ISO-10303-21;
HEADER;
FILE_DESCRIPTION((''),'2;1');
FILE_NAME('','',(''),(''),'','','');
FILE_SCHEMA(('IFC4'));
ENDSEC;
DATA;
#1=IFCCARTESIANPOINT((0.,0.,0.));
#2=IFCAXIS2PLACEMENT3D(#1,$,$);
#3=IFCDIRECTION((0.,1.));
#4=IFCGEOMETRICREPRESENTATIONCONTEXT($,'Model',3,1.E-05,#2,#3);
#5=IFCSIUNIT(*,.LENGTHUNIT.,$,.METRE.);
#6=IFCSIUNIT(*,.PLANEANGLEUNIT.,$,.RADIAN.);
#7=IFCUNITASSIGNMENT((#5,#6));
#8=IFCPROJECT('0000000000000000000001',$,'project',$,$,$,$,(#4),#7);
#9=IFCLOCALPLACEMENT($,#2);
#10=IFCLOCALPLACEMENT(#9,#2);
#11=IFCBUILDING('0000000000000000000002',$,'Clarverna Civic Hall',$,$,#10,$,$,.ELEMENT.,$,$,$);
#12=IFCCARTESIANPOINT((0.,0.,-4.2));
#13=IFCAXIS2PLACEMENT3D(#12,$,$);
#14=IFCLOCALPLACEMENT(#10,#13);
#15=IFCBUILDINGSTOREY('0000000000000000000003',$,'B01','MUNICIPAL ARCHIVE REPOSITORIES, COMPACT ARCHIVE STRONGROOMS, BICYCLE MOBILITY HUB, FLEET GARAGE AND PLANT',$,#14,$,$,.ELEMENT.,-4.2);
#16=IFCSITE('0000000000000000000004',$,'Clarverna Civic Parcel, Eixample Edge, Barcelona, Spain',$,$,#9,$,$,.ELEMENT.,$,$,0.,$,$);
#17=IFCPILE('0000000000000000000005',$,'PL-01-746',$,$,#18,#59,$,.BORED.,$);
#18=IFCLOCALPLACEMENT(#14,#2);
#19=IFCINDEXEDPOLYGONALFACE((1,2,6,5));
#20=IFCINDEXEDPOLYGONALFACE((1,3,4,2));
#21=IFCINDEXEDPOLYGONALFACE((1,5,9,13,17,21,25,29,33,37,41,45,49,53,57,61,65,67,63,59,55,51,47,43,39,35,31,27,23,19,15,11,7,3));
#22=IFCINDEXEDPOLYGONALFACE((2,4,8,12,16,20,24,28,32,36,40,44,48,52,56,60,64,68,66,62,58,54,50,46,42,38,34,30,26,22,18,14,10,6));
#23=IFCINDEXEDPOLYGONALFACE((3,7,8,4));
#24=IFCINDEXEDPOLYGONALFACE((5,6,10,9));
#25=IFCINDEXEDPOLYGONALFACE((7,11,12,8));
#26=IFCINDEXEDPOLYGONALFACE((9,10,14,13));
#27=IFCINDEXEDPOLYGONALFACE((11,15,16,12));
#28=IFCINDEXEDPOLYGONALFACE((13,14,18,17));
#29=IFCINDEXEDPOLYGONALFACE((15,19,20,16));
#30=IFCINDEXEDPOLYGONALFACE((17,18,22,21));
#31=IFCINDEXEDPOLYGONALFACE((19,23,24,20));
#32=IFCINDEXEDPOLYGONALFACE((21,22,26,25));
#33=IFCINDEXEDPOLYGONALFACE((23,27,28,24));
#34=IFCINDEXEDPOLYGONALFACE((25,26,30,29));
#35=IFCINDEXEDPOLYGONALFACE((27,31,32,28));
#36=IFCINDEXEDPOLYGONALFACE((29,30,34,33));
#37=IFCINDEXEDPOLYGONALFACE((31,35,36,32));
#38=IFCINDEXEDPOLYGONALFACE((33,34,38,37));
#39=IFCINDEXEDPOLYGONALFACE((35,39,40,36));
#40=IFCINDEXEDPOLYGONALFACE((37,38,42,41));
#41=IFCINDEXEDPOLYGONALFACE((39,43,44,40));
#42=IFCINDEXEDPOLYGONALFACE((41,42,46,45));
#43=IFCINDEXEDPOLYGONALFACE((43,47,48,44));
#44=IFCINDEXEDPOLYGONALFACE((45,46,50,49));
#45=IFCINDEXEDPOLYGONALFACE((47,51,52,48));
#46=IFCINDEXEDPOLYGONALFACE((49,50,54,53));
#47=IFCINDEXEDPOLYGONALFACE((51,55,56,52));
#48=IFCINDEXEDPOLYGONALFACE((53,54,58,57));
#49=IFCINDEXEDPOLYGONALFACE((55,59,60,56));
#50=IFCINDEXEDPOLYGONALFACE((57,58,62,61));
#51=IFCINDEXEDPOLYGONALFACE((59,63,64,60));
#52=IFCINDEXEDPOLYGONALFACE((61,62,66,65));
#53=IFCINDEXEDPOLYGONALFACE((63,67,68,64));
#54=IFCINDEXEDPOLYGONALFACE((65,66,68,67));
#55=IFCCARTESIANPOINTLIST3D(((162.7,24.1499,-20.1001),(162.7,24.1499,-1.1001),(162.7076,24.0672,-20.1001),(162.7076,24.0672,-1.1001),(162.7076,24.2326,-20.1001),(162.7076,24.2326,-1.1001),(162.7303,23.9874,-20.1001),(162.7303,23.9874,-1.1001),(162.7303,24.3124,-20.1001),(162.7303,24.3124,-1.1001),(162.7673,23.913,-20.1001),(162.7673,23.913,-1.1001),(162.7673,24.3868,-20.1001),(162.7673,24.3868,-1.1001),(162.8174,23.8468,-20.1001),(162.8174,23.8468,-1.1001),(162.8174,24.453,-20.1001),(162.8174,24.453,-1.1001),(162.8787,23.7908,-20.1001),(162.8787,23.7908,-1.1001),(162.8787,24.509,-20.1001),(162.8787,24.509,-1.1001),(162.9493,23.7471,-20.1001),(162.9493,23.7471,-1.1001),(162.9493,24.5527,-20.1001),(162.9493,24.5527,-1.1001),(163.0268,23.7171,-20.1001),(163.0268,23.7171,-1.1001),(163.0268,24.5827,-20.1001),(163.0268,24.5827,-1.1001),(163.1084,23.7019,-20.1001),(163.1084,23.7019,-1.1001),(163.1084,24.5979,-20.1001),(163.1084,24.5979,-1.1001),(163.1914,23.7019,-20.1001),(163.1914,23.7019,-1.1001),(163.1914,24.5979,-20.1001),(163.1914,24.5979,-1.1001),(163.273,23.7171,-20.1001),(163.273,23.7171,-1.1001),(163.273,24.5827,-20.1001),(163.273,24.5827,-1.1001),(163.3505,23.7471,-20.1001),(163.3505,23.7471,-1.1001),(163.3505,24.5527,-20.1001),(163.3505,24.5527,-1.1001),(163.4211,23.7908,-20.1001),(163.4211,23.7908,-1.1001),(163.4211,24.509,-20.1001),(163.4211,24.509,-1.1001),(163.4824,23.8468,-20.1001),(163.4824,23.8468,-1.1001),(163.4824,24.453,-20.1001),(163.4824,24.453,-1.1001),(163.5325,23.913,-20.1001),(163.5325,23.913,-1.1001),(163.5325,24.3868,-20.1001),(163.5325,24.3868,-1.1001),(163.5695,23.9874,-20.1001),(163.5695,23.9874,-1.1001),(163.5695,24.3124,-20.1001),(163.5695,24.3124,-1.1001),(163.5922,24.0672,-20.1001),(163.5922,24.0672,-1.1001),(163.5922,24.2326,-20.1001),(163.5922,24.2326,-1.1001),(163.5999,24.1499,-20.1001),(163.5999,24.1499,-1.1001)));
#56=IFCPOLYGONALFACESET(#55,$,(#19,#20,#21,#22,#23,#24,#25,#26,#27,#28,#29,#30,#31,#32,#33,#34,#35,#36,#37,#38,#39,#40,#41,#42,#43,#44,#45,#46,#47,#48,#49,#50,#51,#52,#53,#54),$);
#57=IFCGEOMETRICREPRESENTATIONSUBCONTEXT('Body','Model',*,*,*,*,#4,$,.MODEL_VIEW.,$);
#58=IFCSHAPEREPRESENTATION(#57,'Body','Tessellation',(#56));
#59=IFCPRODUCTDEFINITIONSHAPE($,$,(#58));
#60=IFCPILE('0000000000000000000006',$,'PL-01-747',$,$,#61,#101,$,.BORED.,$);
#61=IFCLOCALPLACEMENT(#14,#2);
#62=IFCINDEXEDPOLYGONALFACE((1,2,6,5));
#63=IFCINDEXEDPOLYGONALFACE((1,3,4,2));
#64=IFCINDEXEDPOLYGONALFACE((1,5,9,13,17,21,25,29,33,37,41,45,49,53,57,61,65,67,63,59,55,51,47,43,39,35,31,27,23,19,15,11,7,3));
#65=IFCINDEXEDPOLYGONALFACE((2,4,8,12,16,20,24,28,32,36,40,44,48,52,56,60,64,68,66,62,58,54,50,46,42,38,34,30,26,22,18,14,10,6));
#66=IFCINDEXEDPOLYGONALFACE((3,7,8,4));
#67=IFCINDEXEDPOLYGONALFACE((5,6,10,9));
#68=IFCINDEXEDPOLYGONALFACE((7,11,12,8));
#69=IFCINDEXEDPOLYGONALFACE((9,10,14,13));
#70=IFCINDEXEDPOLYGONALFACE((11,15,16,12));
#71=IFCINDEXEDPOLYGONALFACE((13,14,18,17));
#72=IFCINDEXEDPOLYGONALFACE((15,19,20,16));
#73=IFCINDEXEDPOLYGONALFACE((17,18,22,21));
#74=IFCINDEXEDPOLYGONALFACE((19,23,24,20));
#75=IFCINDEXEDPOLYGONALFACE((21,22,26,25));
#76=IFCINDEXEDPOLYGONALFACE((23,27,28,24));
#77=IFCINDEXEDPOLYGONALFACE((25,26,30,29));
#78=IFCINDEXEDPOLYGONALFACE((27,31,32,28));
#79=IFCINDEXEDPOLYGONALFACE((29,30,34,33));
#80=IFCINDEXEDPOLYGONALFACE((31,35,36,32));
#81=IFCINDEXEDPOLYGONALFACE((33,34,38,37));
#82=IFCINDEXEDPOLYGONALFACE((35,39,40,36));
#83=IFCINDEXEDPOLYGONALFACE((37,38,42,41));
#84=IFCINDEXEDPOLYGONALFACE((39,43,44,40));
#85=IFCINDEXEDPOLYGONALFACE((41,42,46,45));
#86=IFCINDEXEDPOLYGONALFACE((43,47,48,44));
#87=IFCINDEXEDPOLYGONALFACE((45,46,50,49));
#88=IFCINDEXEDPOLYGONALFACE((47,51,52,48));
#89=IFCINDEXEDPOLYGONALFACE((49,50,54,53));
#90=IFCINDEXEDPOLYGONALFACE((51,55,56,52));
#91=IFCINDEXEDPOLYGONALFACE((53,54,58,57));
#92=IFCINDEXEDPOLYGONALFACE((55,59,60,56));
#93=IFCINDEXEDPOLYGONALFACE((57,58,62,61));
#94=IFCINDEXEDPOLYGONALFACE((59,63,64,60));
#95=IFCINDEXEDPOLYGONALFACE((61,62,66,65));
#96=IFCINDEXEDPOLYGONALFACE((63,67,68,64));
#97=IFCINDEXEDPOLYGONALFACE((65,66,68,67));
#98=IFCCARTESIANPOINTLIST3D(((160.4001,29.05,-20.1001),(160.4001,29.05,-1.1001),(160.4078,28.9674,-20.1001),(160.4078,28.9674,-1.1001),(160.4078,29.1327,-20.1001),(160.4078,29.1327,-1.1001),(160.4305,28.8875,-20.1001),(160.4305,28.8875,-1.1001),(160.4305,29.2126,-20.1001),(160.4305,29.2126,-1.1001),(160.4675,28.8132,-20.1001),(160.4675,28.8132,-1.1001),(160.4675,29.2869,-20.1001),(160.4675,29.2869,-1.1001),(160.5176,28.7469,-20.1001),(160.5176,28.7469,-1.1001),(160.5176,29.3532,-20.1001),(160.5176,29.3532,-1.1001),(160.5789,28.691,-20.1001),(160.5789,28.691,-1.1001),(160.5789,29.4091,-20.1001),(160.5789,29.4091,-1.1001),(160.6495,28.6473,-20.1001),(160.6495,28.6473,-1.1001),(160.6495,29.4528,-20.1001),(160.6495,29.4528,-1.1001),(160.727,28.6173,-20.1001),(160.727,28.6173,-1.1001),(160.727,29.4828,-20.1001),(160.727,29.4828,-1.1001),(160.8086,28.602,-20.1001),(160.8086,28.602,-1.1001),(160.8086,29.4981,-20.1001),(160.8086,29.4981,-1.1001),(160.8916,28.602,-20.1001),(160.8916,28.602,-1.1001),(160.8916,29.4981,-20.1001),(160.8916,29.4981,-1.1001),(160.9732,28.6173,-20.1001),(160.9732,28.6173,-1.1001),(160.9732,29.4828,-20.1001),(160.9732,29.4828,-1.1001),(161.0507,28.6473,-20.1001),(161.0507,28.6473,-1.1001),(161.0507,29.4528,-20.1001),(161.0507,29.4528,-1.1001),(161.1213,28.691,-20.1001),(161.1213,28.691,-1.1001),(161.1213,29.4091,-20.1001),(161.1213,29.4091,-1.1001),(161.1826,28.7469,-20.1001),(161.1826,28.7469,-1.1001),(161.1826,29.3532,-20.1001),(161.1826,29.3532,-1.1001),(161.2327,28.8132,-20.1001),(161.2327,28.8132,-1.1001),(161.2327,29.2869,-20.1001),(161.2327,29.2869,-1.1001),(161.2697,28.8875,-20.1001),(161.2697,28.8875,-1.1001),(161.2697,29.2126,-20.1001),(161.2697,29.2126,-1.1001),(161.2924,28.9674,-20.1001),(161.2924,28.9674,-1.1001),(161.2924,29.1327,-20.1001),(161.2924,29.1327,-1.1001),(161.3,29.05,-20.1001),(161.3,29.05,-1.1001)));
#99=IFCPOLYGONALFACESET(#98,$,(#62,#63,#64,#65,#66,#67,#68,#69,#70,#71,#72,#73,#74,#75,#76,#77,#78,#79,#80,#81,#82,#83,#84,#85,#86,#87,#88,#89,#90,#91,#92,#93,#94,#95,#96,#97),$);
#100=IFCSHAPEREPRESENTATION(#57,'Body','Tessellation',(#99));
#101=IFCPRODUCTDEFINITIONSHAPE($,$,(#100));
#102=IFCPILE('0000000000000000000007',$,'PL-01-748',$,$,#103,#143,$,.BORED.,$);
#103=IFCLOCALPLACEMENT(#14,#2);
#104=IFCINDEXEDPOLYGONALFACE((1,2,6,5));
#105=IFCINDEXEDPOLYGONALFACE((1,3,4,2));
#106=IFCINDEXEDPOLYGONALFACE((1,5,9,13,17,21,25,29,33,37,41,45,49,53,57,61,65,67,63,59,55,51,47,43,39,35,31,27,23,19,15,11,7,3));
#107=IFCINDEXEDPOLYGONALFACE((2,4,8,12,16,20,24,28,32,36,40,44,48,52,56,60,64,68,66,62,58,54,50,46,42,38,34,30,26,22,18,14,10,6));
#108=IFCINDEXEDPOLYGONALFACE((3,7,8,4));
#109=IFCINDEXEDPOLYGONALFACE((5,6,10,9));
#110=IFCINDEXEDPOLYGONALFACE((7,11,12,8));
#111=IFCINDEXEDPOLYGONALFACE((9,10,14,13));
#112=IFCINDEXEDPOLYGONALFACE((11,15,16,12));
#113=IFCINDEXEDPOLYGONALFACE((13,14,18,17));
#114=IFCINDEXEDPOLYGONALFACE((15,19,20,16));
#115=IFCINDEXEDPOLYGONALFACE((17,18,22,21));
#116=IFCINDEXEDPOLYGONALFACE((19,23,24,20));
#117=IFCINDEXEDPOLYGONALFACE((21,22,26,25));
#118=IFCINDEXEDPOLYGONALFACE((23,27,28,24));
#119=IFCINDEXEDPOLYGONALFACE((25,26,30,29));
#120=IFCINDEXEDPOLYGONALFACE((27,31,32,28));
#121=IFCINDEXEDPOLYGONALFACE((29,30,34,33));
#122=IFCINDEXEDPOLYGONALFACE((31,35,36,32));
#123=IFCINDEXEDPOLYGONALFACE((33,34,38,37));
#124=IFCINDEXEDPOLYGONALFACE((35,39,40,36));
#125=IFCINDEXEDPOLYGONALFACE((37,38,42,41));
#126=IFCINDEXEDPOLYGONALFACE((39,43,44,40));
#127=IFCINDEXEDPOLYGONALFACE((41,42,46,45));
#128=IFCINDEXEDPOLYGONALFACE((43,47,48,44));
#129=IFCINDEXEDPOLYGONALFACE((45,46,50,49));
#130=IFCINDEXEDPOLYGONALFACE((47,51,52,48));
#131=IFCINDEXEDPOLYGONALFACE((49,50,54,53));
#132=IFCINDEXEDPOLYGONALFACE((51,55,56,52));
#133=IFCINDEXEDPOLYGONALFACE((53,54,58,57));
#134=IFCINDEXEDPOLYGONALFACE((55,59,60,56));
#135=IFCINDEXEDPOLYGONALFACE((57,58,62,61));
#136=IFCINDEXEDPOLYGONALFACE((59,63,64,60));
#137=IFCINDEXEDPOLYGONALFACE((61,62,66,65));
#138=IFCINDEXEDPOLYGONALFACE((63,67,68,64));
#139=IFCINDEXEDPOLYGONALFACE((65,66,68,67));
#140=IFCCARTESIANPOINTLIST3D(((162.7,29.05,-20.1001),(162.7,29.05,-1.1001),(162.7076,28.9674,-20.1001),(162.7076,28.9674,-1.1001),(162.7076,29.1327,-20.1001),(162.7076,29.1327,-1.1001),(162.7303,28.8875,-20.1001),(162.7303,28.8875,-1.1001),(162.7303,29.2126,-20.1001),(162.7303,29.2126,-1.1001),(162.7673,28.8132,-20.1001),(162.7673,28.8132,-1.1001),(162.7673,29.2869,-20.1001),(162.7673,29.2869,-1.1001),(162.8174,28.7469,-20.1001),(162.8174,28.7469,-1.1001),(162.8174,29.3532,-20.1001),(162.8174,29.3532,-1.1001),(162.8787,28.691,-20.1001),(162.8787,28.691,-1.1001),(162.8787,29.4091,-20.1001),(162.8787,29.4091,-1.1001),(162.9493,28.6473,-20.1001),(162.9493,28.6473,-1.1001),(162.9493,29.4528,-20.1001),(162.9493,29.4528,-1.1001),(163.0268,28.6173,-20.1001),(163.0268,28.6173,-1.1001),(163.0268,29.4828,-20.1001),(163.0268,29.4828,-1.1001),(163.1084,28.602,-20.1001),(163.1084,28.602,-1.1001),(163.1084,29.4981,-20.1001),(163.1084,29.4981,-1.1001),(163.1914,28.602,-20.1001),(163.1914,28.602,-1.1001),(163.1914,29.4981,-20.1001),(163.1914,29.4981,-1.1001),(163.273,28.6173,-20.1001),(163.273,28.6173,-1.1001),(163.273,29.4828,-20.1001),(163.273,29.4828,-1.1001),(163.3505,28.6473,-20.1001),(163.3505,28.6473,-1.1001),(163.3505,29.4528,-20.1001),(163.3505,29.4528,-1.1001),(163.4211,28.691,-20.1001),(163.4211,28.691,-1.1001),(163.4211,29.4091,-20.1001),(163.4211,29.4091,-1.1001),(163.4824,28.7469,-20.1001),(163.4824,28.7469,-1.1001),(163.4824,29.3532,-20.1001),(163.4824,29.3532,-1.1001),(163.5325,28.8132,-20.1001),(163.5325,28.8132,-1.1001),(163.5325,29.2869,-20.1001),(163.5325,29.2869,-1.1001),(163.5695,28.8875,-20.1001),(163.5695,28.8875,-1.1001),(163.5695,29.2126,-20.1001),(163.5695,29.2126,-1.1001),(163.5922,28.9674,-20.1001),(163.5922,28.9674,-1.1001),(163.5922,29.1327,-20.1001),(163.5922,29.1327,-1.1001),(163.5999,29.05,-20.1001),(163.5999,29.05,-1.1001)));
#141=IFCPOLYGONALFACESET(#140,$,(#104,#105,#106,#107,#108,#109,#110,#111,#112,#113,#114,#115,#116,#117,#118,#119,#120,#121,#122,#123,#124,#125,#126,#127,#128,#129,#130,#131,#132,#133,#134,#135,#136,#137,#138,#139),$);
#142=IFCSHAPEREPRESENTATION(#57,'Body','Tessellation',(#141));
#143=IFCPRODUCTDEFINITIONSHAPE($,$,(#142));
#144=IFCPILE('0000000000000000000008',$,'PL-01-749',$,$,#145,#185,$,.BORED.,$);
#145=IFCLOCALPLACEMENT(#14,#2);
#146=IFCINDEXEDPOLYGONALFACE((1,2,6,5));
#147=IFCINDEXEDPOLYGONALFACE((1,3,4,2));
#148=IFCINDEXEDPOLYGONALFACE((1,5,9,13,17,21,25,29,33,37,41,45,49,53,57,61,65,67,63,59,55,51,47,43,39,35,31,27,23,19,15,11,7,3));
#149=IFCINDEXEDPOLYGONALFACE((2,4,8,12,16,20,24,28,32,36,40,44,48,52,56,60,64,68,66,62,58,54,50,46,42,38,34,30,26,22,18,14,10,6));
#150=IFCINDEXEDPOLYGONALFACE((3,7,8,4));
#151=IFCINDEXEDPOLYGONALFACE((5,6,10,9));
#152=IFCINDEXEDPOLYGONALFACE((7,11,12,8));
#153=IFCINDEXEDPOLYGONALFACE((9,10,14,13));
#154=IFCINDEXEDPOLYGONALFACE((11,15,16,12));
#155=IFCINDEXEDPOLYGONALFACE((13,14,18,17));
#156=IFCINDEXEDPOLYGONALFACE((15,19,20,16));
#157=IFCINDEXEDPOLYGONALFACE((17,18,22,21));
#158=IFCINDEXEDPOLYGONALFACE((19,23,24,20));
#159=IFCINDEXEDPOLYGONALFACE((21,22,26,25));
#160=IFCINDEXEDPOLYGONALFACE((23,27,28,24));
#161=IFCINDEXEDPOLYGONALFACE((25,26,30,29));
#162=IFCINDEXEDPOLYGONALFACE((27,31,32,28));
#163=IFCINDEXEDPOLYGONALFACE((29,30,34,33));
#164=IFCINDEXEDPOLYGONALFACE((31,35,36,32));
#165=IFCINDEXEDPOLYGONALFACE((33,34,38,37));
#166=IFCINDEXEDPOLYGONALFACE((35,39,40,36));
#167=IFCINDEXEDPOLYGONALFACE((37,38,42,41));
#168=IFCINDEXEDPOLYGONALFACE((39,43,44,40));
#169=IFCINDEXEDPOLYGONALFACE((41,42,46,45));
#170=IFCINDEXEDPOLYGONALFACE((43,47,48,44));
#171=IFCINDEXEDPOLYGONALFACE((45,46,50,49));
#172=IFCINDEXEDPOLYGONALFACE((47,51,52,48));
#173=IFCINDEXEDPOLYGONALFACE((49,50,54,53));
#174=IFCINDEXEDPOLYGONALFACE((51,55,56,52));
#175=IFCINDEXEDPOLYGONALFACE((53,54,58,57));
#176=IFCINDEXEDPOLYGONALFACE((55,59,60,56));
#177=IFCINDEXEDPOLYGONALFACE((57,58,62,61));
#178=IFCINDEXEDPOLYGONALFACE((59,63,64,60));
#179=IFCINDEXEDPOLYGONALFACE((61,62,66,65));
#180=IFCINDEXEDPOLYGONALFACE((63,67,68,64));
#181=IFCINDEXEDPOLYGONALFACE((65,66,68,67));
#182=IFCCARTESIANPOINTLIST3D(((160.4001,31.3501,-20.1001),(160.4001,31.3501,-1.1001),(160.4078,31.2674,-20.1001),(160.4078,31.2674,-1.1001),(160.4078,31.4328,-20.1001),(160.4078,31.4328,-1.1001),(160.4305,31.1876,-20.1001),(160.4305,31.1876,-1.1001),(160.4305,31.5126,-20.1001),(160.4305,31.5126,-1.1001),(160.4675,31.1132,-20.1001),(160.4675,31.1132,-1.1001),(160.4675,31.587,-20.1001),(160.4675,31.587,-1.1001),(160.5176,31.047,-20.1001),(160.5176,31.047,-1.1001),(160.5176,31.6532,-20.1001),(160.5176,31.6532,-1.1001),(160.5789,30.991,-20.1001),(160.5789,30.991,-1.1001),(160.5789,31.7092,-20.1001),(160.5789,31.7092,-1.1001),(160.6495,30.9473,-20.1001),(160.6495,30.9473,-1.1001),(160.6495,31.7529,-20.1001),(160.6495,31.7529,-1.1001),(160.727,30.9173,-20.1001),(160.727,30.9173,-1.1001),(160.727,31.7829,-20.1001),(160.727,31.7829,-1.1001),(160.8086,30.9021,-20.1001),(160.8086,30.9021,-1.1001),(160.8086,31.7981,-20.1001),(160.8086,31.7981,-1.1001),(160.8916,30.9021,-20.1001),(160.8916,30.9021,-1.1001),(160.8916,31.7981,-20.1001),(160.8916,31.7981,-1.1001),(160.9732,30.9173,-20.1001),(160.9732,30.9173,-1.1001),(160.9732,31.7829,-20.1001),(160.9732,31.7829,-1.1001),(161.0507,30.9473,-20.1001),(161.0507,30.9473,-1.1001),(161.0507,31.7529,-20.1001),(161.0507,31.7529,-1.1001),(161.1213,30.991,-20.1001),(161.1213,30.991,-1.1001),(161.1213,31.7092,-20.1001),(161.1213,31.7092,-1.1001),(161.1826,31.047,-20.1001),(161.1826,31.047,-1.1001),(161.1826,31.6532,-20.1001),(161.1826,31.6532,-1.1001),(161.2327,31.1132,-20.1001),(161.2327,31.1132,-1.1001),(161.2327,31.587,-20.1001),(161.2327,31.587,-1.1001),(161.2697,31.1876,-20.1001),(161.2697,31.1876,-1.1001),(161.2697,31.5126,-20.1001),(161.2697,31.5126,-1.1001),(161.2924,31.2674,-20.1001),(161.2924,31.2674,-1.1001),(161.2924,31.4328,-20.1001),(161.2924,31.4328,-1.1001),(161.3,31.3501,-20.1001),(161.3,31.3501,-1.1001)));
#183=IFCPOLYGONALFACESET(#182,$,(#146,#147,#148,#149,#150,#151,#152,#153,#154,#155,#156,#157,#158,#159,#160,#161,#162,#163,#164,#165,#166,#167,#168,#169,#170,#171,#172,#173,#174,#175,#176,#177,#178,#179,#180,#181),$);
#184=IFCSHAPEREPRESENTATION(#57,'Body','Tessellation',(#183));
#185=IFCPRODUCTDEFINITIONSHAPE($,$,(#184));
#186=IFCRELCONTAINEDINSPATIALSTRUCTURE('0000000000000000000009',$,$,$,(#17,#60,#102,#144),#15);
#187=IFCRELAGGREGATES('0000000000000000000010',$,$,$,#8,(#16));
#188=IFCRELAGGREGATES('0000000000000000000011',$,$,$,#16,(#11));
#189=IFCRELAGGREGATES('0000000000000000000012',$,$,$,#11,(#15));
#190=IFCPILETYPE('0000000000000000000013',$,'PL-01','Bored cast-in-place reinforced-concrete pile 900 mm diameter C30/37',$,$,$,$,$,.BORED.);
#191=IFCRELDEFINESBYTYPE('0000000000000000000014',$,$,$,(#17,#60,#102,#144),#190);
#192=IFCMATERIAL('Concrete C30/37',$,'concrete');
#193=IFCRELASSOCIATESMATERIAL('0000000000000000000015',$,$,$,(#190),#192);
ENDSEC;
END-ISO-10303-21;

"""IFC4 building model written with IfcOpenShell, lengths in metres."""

from ifc_helpers import new_model, si_unit, direction, frame, origin, origin_2d, place, context, subcontext, project, spatial, circle, extrude, material, material_profile, profile_set, type_object, element, save


model = new_model("IFC4")

# Units and contexts
model_context = context("Model", 3, precision=1e-05, world=origin(), true_north=direction((0.0, 1.0)))
body_context = subcontext(model_context, "Body", "Model", "MODEL_VIEW")
ifc_project = project(units=[si_unit("LENGTHUNIT", "METRE"), si_unit("PLANEANGLEUNIT", "RADIAN")], contexts=[model_context])

# Site, building, storey
site_placement = place(None, origin())
site = spatial("IfcSite", under=ifc_project, at=site_placement, Name="Clarverna Civic Parcel, Eixample Edge, Barcelona, Spain", CompositionType="ELEMENT", RefElevation=0.0)
building_placement = place(site_placement, origin())
building = spatial("IfcBuilding", under=site, at=building_placement, Name="Clarverna Civic Hall", CompositionType="ELEMENT")
storey_placement = place(building_placement, frame((0.0, 0.0, -4.2)))
storey = spatial("IfcBuildingStorey", under=building, at=storey_placement, Name="B01", Description="MUNICIPAL ARCHIVE REPOSITORIES, COMPACT ARCHIVE STRONGROOMS, BICYCLE MOBILITY HUB, FLEET GARAGE AND PLANT", CompositionType="ELEMENT", Elevation=-4.2)

# Shared definitions
ifc_material_1 = material(Name="Concrete C30/37", Category="concrete")

# Piles
ifc_material_profile_1 = material_profile(ifc_material_1, circle(Radius=0.45, at=origin_2d()), Name="BORED PILE D900")
ifc_profile_set_1 = profile_set([ifc_material_profile_1], Name="Concrete C30/37")
pile_type = type_object("IfcPileType", Name="PL-01", Description="Bored cast-in-place reinforced-concrete pile 900 mm diameter C30/37", PredefinedType="BORED", material=ifc_profile_set_1)
for number, where, z_axis, x_axis, name in (
    (1, (163.1499, 24.1499, -1.1001), (0.0, 0.0, -1.0), (1.0, 0.0, 0.0), "PL-01-746"),
    (2, (160.8501, 29.05, -1.1001), (0.0, 0.0, -1.0), (1.0, 0.0, 0.0), "PL-01-747"),
    (3, (163.1499, 29.05, -1.1001), (0.0, 0.0, -1.0), (1.0, 0.0, 0.0), "PL-01-748"),
    (4, (160.8501, 31.3501, -1.1001), (0.0, 0.0, -1.0), (1.0, 0.0, 0.0), "PL-01-749"),
):
    element("IfcPile", number, at=place(storey_placement, frame(where, z_axis=z_axis, x_axis=x_axis)), inside=storey, type_object=pile_type, Name=name, PredefinedType="BORED", context=body_context, shape_type="SweptSolid", body=[
        extrude(circle(Radius=0.45, at=origin_2d()), origin(), (0.0, 0.0, 1.0), 19.0),
    ])

save(model, "model.ifc")
